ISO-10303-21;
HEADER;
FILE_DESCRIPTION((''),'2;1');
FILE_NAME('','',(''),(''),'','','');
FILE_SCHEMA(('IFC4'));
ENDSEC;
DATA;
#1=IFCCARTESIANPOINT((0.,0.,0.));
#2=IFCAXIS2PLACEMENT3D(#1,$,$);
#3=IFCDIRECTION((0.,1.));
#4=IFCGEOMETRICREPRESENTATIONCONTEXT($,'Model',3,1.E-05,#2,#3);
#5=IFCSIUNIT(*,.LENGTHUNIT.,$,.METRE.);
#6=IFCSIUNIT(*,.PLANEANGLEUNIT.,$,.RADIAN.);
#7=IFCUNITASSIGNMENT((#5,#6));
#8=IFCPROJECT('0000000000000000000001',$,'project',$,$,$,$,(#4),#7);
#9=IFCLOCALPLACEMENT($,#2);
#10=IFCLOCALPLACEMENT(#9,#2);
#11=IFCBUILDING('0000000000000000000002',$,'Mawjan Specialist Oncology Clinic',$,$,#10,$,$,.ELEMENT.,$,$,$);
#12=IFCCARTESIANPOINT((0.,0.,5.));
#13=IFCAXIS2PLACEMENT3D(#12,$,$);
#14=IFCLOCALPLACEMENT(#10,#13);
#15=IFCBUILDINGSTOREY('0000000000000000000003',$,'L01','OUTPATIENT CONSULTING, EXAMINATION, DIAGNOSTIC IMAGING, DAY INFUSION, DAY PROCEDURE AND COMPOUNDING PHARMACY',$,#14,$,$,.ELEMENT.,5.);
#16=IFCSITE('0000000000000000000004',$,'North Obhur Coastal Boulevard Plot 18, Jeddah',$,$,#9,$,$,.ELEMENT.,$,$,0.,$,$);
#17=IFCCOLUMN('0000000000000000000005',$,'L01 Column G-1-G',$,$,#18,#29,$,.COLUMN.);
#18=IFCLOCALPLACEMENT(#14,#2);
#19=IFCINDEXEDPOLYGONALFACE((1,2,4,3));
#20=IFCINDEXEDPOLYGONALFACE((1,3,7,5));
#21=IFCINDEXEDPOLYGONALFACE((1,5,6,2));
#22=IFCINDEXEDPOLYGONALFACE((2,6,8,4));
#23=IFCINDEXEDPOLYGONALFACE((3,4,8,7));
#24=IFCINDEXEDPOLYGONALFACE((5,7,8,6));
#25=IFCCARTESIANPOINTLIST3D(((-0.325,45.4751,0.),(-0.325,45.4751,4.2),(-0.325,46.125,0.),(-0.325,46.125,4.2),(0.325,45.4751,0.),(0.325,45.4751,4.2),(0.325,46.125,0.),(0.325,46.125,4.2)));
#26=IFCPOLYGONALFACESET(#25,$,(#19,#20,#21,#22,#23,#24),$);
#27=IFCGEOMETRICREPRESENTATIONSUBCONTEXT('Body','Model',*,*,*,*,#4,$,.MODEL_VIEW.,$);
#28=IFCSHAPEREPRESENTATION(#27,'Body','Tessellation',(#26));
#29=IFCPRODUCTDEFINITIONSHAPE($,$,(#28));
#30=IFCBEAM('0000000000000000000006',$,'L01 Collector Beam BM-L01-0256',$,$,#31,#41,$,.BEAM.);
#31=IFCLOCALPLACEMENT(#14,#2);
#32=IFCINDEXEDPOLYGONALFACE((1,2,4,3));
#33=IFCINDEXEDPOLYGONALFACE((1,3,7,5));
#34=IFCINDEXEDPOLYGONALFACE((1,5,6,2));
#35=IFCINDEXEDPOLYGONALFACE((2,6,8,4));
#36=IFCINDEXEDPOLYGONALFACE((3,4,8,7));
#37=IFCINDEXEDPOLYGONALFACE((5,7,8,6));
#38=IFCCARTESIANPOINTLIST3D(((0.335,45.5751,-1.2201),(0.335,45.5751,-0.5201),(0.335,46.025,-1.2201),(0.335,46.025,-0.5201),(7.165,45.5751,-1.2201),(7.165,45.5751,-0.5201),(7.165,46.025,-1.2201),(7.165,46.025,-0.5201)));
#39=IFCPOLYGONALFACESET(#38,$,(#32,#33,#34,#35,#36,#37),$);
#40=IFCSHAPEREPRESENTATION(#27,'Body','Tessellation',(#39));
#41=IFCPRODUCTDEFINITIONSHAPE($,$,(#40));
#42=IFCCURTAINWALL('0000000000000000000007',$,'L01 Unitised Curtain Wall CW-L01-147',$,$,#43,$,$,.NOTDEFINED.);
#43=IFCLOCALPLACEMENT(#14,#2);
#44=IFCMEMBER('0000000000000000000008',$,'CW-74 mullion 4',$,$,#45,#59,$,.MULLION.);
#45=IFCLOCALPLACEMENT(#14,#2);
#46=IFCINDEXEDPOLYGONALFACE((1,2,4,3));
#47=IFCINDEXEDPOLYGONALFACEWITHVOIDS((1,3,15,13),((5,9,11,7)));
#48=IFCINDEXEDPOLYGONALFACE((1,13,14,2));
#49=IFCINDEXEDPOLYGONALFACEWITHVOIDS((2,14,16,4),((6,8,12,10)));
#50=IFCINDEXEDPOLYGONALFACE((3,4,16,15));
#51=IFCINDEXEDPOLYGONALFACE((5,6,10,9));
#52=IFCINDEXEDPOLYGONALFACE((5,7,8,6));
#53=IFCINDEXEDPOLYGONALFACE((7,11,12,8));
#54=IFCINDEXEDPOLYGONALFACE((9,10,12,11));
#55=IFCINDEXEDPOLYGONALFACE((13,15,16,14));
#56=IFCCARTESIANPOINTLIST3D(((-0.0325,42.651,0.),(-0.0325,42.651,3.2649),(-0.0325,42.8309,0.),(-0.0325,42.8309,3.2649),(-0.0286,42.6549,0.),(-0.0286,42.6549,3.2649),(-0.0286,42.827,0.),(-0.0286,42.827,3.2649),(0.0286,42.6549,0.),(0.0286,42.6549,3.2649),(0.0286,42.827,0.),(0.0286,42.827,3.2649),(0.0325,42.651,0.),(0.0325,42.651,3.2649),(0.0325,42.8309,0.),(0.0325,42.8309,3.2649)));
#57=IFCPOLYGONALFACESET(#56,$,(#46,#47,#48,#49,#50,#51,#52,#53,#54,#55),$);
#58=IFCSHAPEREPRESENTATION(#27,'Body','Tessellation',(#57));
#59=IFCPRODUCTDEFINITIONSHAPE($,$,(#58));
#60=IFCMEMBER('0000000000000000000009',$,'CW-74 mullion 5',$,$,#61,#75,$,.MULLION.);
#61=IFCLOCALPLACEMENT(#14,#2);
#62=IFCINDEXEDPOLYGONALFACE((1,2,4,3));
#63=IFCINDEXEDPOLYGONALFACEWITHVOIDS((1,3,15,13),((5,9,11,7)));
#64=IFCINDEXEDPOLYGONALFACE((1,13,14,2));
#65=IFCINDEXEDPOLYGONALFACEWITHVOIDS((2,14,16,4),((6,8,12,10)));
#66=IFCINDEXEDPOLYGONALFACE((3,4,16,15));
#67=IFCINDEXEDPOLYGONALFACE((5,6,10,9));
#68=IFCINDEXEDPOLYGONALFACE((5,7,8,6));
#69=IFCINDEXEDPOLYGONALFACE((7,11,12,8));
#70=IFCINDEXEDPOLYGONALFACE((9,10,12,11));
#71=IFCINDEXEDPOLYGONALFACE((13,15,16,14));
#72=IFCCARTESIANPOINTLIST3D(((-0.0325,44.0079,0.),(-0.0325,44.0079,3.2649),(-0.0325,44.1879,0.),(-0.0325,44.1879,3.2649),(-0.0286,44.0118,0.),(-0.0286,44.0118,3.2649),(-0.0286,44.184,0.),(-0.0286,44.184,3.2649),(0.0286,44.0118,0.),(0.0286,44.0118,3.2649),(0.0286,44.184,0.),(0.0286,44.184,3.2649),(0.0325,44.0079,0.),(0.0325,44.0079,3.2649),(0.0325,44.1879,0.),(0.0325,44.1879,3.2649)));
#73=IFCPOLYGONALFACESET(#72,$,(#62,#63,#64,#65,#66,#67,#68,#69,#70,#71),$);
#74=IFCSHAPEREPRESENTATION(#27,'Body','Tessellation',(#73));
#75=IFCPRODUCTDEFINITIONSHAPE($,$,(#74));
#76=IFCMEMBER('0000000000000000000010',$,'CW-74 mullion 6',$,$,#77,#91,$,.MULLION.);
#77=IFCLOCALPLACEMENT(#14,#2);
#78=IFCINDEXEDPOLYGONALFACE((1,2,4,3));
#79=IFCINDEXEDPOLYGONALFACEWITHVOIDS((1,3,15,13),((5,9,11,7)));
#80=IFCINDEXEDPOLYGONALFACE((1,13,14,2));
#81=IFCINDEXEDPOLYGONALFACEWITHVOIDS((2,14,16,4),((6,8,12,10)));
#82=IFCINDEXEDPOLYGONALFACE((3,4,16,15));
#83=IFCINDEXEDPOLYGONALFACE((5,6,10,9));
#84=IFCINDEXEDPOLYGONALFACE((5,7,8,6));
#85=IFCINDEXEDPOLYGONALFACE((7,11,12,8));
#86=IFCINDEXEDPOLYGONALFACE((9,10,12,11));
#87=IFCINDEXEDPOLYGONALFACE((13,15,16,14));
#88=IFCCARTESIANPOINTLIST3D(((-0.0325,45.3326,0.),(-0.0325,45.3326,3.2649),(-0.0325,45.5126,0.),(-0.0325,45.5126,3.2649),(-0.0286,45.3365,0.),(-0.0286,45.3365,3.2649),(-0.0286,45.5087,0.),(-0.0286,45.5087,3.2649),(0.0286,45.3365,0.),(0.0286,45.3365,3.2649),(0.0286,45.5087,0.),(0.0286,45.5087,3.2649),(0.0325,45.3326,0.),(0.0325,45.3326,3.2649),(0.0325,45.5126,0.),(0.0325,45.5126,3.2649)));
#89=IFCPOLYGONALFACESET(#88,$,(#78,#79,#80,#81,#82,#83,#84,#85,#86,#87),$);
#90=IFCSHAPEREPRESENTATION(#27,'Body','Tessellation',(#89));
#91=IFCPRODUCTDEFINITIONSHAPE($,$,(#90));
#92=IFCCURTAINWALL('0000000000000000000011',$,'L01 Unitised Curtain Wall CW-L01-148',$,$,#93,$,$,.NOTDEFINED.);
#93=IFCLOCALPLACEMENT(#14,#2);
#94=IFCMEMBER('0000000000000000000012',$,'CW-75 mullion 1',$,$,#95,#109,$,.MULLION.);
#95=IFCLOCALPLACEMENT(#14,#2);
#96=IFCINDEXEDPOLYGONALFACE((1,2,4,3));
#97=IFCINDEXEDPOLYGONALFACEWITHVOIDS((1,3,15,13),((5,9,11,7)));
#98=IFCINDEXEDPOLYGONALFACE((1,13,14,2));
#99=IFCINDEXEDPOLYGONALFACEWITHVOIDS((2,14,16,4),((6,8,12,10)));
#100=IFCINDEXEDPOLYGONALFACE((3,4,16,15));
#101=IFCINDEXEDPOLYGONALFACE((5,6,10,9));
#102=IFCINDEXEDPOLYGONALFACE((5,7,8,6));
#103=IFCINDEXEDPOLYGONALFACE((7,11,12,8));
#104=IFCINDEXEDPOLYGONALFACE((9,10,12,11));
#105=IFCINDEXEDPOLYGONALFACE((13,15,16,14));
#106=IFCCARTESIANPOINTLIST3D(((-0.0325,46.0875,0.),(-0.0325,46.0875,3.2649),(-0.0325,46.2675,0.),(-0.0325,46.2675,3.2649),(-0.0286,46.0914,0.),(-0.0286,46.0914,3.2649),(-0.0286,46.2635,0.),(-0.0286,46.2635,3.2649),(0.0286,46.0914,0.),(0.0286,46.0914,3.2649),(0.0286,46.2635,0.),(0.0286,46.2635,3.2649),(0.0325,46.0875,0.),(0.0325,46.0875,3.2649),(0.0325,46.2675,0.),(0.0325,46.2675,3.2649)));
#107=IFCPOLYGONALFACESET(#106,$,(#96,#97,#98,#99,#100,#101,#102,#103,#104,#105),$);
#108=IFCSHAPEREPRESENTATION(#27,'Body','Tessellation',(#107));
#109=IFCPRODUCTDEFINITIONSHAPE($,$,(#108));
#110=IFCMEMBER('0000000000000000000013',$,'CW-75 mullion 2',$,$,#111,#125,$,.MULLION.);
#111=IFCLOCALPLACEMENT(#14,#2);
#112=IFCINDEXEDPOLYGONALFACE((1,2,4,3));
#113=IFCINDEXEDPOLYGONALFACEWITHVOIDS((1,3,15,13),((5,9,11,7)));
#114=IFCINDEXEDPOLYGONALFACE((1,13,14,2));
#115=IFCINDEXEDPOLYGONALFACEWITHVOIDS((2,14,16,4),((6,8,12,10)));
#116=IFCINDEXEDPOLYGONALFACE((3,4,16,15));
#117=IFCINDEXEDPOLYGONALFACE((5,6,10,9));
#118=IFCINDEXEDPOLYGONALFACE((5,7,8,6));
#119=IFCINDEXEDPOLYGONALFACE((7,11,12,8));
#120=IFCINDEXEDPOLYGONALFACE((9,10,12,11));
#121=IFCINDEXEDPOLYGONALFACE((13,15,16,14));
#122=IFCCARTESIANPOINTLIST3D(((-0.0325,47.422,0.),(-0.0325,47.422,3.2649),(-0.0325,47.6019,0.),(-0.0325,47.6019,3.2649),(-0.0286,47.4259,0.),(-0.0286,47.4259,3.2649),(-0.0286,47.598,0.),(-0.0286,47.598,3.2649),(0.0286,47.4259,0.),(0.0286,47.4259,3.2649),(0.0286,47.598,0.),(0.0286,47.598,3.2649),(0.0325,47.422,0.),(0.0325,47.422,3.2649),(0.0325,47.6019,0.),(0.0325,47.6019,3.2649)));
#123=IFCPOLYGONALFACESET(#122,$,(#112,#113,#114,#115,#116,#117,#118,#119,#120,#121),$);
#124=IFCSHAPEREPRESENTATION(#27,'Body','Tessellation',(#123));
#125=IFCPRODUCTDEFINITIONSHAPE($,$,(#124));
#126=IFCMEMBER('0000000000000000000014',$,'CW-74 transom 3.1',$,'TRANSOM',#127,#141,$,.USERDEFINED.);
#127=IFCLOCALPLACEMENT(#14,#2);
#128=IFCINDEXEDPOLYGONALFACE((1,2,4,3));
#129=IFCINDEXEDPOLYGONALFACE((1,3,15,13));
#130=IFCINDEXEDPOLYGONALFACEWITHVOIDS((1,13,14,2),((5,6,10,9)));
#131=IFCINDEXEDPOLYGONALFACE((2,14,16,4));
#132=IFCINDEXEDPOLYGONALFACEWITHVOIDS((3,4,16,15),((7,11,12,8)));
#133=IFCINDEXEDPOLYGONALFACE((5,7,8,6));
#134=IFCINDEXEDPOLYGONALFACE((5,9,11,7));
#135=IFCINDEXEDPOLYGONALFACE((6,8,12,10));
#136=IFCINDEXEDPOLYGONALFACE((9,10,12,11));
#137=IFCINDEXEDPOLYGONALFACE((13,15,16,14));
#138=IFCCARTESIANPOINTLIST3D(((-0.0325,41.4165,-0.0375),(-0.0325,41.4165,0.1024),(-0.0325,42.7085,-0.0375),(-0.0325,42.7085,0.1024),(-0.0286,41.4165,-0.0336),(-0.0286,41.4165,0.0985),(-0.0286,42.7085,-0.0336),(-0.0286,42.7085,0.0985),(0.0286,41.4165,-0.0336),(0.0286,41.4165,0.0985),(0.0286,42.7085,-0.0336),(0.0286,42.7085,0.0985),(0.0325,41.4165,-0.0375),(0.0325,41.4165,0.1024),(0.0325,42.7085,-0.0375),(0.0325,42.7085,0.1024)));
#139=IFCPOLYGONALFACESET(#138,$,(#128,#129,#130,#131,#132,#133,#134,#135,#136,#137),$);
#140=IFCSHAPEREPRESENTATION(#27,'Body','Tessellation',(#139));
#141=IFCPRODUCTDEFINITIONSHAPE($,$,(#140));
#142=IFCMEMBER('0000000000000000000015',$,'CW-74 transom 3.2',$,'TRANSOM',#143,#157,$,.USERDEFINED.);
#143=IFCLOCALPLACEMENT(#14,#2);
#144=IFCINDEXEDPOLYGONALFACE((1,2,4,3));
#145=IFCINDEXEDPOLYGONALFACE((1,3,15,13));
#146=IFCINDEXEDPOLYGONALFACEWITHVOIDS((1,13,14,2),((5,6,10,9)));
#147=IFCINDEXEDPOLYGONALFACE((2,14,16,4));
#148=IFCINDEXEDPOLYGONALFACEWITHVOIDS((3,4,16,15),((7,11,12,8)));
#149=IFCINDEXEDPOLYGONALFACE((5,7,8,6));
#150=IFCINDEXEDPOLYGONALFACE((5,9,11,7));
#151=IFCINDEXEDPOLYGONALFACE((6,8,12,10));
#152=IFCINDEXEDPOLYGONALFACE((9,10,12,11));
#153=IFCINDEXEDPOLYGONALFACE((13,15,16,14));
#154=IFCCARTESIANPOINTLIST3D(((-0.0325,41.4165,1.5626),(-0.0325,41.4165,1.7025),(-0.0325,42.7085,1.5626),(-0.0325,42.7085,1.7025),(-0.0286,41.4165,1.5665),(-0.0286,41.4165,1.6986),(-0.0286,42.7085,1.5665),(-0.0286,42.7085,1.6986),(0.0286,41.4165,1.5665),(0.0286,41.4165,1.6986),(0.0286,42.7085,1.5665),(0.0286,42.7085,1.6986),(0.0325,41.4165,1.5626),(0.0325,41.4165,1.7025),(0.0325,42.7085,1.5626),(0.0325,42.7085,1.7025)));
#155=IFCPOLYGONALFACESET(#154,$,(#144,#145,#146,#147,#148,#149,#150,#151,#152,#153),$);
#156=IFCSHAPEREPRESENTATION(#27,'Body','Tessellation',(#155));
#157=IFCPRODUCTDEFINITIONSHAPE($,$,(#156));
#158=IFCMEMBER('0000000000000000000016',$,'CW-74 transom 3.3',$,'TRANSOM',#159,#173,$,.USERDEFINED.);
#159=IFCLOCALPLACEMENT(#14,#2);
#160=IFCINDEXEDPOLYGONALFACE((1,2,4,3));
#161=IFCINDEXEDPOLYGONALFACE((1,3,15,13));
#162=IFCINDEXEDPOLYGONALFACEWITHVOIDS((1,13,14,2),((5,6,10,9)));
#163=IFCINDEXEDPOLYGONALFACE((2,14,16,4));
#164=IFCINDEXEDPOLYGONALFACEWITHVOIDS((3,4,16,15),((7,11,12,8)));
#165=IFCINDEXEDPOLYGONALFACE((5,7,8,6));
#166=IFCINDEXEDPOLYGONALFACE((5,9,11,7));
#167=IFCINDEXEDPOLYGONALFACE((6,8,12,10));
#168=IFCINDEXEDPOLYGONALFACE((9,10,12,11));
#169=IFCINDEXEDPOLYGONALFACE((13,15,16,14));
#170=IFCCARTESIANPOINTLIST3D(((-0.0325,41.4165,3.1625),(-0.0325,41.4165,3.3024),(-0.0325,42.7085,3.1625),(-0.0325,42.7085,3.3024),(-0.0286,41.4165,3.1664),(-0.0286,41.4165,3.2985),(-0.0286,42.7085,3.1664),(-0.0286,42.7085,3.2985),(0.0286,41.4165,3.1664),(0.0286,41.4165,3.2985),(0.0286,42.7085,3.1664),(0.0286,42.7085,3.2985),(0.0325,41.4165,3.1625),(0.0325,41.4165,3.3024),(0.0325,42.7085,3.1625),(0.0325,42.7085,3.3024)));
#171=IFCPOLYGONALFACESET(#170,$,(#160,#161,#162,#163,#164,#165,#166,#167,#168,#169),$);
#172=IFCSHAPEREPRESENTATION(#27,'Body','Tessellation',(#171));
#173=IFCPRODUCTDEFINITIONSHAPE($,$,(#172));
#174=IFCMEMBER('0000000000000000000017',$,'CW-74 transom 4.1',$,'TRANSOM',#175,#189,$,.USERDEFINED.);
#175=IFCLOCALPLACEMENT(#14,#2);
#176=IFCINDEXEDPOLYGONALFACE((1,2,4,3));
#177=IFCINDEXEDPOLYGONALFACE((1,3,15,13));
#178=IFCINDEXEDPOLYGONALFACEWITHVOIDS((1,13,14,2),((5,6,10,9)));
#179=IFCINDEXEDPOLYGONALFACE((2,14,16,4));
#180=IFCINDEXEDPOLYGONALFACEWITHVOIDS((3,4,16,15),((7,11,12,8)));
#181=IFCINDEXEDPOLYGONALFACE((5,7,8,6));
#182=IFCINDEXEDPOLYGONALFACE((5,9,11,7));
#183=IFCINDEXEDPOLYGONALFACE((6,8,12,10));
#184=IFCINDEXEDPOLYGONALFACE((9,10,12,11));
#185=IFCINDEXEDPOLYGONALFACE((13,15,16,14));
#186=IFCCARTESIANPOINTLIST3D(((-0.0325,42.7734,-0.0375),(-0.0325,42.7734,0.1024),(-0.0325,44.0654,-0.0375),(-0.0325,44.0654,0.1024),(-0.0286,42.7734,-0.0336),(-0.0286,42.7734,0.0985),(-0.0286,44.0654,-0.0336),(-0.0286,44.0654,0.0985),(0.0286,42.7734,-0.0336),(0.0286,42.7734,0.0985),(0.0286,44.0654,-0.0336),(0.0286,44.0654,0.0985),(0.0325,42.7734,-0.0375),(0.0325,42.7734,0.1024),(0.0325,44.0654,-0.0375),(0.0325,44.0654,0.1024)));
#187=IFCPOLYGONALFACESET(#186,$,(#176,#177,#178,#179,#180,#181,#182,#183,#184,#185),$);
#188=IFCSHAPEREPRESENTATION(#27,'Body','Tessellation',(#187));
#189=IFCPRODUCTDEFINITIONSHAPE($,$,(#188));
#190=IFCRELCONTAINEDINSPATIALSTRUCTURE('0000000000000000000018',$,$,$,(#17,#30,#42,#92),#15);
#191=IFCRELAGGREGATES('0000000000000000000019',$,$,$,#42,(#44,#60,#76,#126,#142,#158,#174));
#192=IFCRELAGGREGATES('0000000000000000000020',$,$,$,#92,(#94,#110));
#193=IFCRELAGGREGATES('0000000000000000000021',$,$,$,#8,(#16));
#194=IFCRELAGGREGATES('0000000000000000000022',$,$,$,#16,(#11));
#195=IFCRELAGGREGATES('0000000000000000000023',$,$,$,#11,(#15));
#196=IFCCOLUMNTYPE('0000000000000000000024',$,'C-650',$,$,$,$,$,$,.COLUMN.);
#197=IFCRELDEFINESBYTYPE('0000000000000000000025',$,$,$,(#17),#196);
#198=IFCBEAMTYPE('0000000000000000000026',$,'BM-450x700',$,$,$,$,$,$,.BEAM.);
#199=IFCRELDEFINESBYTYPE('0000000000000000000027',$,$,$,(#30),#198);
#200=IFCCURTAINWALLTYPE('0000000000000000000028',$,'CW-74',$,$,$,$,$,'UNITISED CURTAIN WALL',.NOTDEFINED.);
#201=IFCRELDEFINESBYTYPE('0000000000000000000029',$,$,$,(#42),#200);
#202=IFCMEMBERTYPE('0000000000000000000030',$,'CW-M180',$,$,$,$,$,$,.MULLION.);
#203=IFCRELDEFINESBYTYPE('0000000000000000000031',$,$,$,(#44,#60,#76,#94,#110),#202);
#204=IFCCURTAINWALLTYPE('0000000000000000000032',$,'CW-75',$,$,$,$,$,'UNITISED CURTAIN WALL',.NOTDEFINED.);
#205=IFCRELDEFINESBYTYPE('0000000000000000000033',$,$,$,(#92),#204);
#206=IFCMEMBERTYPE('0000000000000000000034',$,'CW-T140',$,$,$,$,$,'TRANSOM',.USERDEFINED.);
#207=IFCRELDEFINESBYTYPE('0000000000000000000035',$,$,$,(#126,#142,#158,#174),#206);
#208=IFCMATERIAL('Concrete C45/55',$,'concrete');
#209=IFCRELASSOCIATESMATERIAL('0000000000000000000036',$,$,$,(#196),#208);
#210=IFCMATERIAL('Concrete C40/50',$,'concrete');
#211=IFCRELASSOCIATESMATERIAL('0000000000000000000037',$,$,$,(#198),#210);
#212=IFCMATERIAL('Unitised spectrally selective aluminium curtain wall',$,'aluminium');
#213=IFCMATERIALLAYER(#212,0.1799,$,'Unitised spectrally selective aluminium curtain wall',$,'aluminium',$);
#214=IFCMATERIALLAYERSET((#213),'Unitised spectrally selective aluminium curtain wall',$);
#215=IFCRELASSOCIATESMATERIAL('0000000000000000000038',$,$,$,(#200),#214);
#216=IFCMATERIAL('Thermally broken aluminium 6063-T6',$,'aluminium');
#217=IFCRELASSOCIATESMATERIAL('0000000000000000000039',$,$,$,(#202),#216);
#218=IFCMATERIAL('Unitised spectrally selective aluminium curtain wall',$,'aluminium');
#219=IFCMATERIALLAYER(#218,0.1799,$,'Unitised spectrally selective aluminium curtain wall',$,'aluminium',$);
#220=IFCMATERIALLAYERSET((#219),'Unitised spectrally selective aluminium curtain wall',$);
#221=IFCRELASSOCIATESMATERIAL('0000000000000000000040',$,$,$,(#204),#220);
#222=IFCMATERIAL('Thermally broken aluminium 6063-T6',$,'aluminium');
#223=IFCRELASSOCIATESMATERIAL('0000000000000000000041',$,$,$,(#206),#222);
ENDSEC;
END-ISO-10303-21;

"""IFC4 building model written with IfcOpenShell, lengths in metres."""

from ifc_helpers import new_model, si_unit, direction, frame, origin, origin_2d, place, context, subcontext, project, spatial, rectangle, hollow_rectangle, extrude, material, layer, layer_set, material_profile, profile_set, type_object, element, aggregate, save


model = new_model("IFC4")

# Units and contexts
model_context = context("Model", 3, precision=1e-05, world=origin(), true_north=direction((0.0, 1.0)))
body_context = subcontext(model_context, "Body", "Model", "MODEL_VIEW")
ifc_project = project(units=[si_unit("LENGTHUNIT", "METRE"), si_unit("PLANEANGLEUNIT", "RADIAN")], contexts=[model_context])

# Site, building, storey
site_placement = place(None, origin())
site = spatial("IfcSite", under=ifc_project, at=site_placement, Name="North Obhur Coastal Boulevard Plot 18, Jeddah", CompositionType="ELEMENT", RefElevation=0.0)
building_placement = place(site_placement, origin())
building = spatial("IfcBuilding", under=site, at=building_placement, Name="Mawjan Specialist Oncology Clinic", CompositionType="ELEMENT")
storey_placement = place(building_placement, frame((0.0, 0.0, 5.0)))
storey = spatial("IfcBuildingStorey", under=building, at=storey_placement, Name="L01", Description="OUTPATIENT CONSULTING, EXAMINATION, DIAGNOSTIC IMAGING, DAY INFUSION, DAY PROCEDURE AND COMPOUNDING PHARMACY", CompositionType="ELEMENT", Elevation=5.0)

# Column
ifc_material_1 = material(Name="Concrete C45/55", Category="concrete")
ifc_material_profile_1 = material_profile(ifc_material_1, rectangle(XDim=0.6499, YDim=0.6499, at=origin_2d()), Name="RC COL 650x650", Category="concrete")
ifc_profile_set_1 = profile_set([ifc_material_profile_1], Name="Concrete C45/55")
column_type = type_object("IfcColumnType", Name="C-650", PredefinedType="COLUMN", material=ifc_profile_set_1)
column_placement = place(storey_placement, frame((0.0, 45.8, 0.0), z_axis=(0.0, 0.0, 1.0), x_axis=(1.0, 0.0, 0.0)))
element("IfcColumn", 1, at=column_placement, inside=storey, type_object=column_type, Name="L01 Column G-1-G", PredefinedType="COLUMN", context=body_context, shape_type="SweptSolid", body=[
    extrude(rectangle(XDim=0.6499, YDim=0.6499, at=origin_2d()), origin(), (0.0, 0.0, 1.0), 4.2),
])

# Beam
ifc_material_2 = material(Name="Concrete C40/50", Category="concrete")
ifc_material_profile_2 = material_profile(ifc_material_2, rectangle(XDim=0.45, YDim=0.7, at=origin_2d()), Name="RC BM 450x700", Category="concrete")
ifc_profile_set_2 = profile_set([ifc_material_profile_2], Name="Concrete C40/50")
beam_type_1 = type_object("IfcBeamType", Name="BM-450x700", PredefinedType="BEAM", material=ifc_profile_set_2)
beam_1_placement = place(storey_placement, frame((0.335, 45.8, -0.8701), z_axis=(1.0, 0.0, 0.0), x_axis=(0.0, 1.0, 0.0)))
element("IfcBeam", 2, at=beam_1_placement, inside=storey, type_object=beam_type_1, Name="L01 Collector Beam BM-L01-0256", PredefinedType="BEAM", context=body_context, shape_type="SweptSolid", body=[
    extrude(rectangle(XDim=0.45, YDim=0.7, at=origin_2d()), origin(), (0.0, 0.0, 1.0), 6.8301),
])

# Curtain walls, members
ifc_material_3 = material(Name="Unitised spectrally selective aluminium curtain wall", Category="aluminium")
ifc_layer_1 = layer(ifc_material_3, 0.1799, Name="Unitised spectrally selective aluminium curtain wall", Category="aluminium")
ifc_layer_set_1 = layer_set([ifc_layer_1], Name="Unitised spectrally selective aluminium curtain wall")
curtain_wall_type_1 = type_object("IfcCurtainWallType", Name="CW-74", ElementType="UNITISED CURTAIN WALL", PredefinedType="NOTDEFINED", material=ifc_layer_set_1)
curtain_wall_1_placement = place(storey_placement, origin())
curtain_wall_1 = element("IfcCurtainWall", 3, at=curtain_wall_1_placement, inside=storey, type_object=curtain_wall_type_1, Name="L01 Unitised Curtain Wall CW-L01-147", PredefinedType="NOTDEFINED")
ifc_material_4 = material(Name="Thermally broken aluminium 6063-T6", Category="aluminium")
ifc_material_profile_3 = material_profile(ifc_material_4, hollow_rectangle(XDim=0.0649, YDim=0.1799, WallThickness=0.0039, at=origin_2d()), Name="ALU MULLION 180x65x4", Category="aluminium")
ifc_profile_set_3 = profile_set([ifc_material_profile_3], Name="Thermally broken aluminium 6063-T6")
member_type_1 = type_object("IfcMemberType", Name="CW-M180", PredefinedType="MULLION", material=ifc_profile_set_3)
member_1_placement = place(storey_placement, frame((0.0, 42.741, 0.0), z_axis=(0.0, 0.0, 1.0), x_axis=(-1.0, 0.0, 0.0)))
member_1 = element("IfcMember", 4, at=member_1_placement, type_object=member_type_1, Name="CW-74 mullion 4", PredefinedType="MULLION", context=body_context, shape_type="SweptSolid", body=[
    extrude(hollow_rectangle(XDim=0.0649, YDim=0.1799, WallThickness=0.0039, at=origin_2d()), origin(), (0.0, 0.0, 1.0), 3.2649),
])
member_2_placement = place(storey_placement, frame((0.0, 44.0979, 0.0), z_axis=(0.0, 0.0, 1.0), x_axis=(-1.0, 0.0, 0.0)))
member_2 = element("IfcMember", 5, at=member_2_placement, type_object=member_type_1, Name="CW-74 mullion 5", PredefinedType="MULLION", context=body_context, shape_type="SweptSolid", body=[
    extrude(hollow_rectangle(XDim=0.0649, YDim=0.1799, WallThickness=0.0039, at=origin_2d()), origin(), (0.0, 0.0, 1.0), 3.2649),
])
member_3_placement = place(storey_placement, frame((0.0, 45.4226, 0.0), z_axis=(0.0, 0.0, 1.0), x_axis=(-1.0, 0.0, 0.0)))
member_3 = element("IfcMember", 6, at=member_3_placement, type_object=member_type_1, Name="CW-74 mullion 6", PredefinedType="MULLION", context=body_context, shape_type="SweptSolid", body=[
    extrude(hollow_rectangle(XDim=0.0649, YDim=0.1799, WallThickness=0.0039, at=origin_2d()), origin(), (0.0, 0.0, 1.0), 3.2649),
])
ifc_material_5 = material(Name="Unitised spectrally selective aluminium curtain wall", Category="aluminium")
ifc_layer_2 = layer(ifc_material_5, 0.1799, Name="Unitised spectrally selective aluminium curtain wall", Category="aluminium")
ifc_layer_set_2 = layer_set([ifc_layer_2], Name="Unitised spectrally selective aluminium curtain wall")
curtain_wall_type_2 = type_object("IfcCurtainWallType", Name="CW-75", ElementType="UNITISED CURTAIN WALL", PredefinedType="NOTDEFINED", material=ifc_layer_set_2)
curtain_wall_2_placement = place(storey_placement, origin())
curtain_wall_2 = element("IfcCurtainWall", 7, at=curtain_wall_2_placement, inside=storey, type_object=curtain_wall_type_2, Name="L01 Unitised Curtain Wall CW-L01-148", PredefinedType="NOTDEFINED")
member_4_placement = place(storey_placement, frame((0.0, 46.1775, 0.0), z_axis=(0.0, 0.0, 1.0), x_axis=(-1.0, 0.0, 0.0)))
member_4 = element("IfcMember", 8, at=member_4_placement, type_object=member_type_1, Name="CW-75 mullion 1", PredefinedType="MULLION", context=body_context, shape_type="SweptSolid", body=[
    extrude(hollow_rectangle(XDim=0.0649, YDim=0.1799, WallThickness=0.0039, at=origin_2d()), origin(), (0.0, 0.0, 1.0), 3.2649),
])
member_5_placement = place(storey_placement, frame((0.0, 47.512, 0.0), z_axis=(0.0, 0.0, 1.0), x_axis=(-1.0, 0.0, 0.0)))
member_5 = element("IfcMember", 9, at=member_5_placement, type_object=member_type_1, Name="CW-75 mullion 2", PredefinedType="MULLION", context=body_context, shape_type="SweptSolid", body=[
    extrude(hollow_rectangle(XDim=0.0649, YDim=0.1799, WallThickness=0.0039, at=origin_2d()), origin(), (0.0, 0.0, 1.0), 3.2649),
])

# Members
ifc_material_6 = material(Name="Thermally broken aluminium 6063-T6", Category="aluminium")
ifc_material_profile_4 = material_profile(ifc_material_6, hollow_rectangle(XDim=0.0649, YDim=0.1399, WallThickness=0.0039, at=origin_2d()), Name="ALU TRANSOM 140x65x4", Category="aluminium")
ifc_profile_set_4 = profile_set([ifc_material_profile_4], Name="Thermally broken aluminium 6063-T6")
member_type_2 = type_object("IfcMemberType", Name="CW-T140", ElementType="TRANSOM", PredefinedType="USERDEFINED", material=ifc_profile_set_4)
member_6_placement = place(storey_placement, frame((0.0, 41.4165, 0.0325), z_axis=(0.0, 1.0, 0.0), x_axis=(-1.0, 0.0, 0.0)))
member_6 = element("IfcMember", 10, at=member_6_placement, type_object=member_type_2, Name="CW-74 transom 3.1", ObjectType="TRANSOM", PredefinedType="USERDEFINED", context=body_context, shape_type="SweptSolid", body=[
    extrude(hollow_rectangle(XDim=0.0649, YDim=0.1399, WallThickness=0.0039, at=origin_2d()), origin(), (0.0, 0.0, 1.0), 1.292),
])
member_7_placement = place(storey_placement, frame((0.0, 41.4165, 1.6326), z_axis=(0.0, 1.0, 0.0), x_axis=(-1.0, 0.0, 0.0)))
member_7 = element("IfcMember", 11, at=member_7_placement, type_object=member_type_2, Name="CW-74 transom 3.2", ObjectType="TRANSOM", PredefinedType="USERDEFINED", context=body_context, shape_type="SweptSolid", body=[
    extrude(hollow_rectangle(XDim=0.0649, YDim=0.1399, WallThickness=0.0039, at=origin_2d()), origin(), (0.0, 0.0, 1.0), 1.292),
])
member_8_placement = place(storey_placement, frame((0.0, 41.4165, 3.2324), z_axis=(0.0, 1.0, 0.0), x_axis=(-1.0, 0.0, 0.0)))
member_8 = element("IfcMember", 12, at=member_8_placement, type_object=member_type_2, Name="CW-74 transom 3.3", ObjectType="TRANSOM", PredefinedType="USERDEFINED", context=body_context, shape_type="SweptSolid", body=[
    extrude(hollow_rectangle(XDim=0.0649, YDim=0.1399, WallThickness=0.0039, at=origin_2d()), origin(), (0.0, 0.0, 1.0), 1.292),
])
member_9_placement = place(storey_placement, frame((0.0, 42.7734, 0.0325), z_axis=(0.0, 1.0, 0.0), x_axis=(-1.0, 0.0, 0.0)))
member_9 = element("IfcMember", 13, at=member_9_placement, type_object=member_type_2, Name="CW-74 transom 4.1", ObjectType="TRANSOM", PredefinedType="USERDEFINED", context=body_context, shape_type="SweptSolid", body=[
    extrude(hollow_rectangle(XDim=0.0649, YDim=0.1399, WallThickness=0.0039, at=origin_2d()), origin(), (0.0, 0.0, 1.0), 1.292),
])

aggregate(curtain_wall_1, [member_1, member_2, member_3, member_6, member_7, member_8, member_9])
aggregate(curtain_wall_2, [member_4, member_5])

save(model, "model.ifc")
